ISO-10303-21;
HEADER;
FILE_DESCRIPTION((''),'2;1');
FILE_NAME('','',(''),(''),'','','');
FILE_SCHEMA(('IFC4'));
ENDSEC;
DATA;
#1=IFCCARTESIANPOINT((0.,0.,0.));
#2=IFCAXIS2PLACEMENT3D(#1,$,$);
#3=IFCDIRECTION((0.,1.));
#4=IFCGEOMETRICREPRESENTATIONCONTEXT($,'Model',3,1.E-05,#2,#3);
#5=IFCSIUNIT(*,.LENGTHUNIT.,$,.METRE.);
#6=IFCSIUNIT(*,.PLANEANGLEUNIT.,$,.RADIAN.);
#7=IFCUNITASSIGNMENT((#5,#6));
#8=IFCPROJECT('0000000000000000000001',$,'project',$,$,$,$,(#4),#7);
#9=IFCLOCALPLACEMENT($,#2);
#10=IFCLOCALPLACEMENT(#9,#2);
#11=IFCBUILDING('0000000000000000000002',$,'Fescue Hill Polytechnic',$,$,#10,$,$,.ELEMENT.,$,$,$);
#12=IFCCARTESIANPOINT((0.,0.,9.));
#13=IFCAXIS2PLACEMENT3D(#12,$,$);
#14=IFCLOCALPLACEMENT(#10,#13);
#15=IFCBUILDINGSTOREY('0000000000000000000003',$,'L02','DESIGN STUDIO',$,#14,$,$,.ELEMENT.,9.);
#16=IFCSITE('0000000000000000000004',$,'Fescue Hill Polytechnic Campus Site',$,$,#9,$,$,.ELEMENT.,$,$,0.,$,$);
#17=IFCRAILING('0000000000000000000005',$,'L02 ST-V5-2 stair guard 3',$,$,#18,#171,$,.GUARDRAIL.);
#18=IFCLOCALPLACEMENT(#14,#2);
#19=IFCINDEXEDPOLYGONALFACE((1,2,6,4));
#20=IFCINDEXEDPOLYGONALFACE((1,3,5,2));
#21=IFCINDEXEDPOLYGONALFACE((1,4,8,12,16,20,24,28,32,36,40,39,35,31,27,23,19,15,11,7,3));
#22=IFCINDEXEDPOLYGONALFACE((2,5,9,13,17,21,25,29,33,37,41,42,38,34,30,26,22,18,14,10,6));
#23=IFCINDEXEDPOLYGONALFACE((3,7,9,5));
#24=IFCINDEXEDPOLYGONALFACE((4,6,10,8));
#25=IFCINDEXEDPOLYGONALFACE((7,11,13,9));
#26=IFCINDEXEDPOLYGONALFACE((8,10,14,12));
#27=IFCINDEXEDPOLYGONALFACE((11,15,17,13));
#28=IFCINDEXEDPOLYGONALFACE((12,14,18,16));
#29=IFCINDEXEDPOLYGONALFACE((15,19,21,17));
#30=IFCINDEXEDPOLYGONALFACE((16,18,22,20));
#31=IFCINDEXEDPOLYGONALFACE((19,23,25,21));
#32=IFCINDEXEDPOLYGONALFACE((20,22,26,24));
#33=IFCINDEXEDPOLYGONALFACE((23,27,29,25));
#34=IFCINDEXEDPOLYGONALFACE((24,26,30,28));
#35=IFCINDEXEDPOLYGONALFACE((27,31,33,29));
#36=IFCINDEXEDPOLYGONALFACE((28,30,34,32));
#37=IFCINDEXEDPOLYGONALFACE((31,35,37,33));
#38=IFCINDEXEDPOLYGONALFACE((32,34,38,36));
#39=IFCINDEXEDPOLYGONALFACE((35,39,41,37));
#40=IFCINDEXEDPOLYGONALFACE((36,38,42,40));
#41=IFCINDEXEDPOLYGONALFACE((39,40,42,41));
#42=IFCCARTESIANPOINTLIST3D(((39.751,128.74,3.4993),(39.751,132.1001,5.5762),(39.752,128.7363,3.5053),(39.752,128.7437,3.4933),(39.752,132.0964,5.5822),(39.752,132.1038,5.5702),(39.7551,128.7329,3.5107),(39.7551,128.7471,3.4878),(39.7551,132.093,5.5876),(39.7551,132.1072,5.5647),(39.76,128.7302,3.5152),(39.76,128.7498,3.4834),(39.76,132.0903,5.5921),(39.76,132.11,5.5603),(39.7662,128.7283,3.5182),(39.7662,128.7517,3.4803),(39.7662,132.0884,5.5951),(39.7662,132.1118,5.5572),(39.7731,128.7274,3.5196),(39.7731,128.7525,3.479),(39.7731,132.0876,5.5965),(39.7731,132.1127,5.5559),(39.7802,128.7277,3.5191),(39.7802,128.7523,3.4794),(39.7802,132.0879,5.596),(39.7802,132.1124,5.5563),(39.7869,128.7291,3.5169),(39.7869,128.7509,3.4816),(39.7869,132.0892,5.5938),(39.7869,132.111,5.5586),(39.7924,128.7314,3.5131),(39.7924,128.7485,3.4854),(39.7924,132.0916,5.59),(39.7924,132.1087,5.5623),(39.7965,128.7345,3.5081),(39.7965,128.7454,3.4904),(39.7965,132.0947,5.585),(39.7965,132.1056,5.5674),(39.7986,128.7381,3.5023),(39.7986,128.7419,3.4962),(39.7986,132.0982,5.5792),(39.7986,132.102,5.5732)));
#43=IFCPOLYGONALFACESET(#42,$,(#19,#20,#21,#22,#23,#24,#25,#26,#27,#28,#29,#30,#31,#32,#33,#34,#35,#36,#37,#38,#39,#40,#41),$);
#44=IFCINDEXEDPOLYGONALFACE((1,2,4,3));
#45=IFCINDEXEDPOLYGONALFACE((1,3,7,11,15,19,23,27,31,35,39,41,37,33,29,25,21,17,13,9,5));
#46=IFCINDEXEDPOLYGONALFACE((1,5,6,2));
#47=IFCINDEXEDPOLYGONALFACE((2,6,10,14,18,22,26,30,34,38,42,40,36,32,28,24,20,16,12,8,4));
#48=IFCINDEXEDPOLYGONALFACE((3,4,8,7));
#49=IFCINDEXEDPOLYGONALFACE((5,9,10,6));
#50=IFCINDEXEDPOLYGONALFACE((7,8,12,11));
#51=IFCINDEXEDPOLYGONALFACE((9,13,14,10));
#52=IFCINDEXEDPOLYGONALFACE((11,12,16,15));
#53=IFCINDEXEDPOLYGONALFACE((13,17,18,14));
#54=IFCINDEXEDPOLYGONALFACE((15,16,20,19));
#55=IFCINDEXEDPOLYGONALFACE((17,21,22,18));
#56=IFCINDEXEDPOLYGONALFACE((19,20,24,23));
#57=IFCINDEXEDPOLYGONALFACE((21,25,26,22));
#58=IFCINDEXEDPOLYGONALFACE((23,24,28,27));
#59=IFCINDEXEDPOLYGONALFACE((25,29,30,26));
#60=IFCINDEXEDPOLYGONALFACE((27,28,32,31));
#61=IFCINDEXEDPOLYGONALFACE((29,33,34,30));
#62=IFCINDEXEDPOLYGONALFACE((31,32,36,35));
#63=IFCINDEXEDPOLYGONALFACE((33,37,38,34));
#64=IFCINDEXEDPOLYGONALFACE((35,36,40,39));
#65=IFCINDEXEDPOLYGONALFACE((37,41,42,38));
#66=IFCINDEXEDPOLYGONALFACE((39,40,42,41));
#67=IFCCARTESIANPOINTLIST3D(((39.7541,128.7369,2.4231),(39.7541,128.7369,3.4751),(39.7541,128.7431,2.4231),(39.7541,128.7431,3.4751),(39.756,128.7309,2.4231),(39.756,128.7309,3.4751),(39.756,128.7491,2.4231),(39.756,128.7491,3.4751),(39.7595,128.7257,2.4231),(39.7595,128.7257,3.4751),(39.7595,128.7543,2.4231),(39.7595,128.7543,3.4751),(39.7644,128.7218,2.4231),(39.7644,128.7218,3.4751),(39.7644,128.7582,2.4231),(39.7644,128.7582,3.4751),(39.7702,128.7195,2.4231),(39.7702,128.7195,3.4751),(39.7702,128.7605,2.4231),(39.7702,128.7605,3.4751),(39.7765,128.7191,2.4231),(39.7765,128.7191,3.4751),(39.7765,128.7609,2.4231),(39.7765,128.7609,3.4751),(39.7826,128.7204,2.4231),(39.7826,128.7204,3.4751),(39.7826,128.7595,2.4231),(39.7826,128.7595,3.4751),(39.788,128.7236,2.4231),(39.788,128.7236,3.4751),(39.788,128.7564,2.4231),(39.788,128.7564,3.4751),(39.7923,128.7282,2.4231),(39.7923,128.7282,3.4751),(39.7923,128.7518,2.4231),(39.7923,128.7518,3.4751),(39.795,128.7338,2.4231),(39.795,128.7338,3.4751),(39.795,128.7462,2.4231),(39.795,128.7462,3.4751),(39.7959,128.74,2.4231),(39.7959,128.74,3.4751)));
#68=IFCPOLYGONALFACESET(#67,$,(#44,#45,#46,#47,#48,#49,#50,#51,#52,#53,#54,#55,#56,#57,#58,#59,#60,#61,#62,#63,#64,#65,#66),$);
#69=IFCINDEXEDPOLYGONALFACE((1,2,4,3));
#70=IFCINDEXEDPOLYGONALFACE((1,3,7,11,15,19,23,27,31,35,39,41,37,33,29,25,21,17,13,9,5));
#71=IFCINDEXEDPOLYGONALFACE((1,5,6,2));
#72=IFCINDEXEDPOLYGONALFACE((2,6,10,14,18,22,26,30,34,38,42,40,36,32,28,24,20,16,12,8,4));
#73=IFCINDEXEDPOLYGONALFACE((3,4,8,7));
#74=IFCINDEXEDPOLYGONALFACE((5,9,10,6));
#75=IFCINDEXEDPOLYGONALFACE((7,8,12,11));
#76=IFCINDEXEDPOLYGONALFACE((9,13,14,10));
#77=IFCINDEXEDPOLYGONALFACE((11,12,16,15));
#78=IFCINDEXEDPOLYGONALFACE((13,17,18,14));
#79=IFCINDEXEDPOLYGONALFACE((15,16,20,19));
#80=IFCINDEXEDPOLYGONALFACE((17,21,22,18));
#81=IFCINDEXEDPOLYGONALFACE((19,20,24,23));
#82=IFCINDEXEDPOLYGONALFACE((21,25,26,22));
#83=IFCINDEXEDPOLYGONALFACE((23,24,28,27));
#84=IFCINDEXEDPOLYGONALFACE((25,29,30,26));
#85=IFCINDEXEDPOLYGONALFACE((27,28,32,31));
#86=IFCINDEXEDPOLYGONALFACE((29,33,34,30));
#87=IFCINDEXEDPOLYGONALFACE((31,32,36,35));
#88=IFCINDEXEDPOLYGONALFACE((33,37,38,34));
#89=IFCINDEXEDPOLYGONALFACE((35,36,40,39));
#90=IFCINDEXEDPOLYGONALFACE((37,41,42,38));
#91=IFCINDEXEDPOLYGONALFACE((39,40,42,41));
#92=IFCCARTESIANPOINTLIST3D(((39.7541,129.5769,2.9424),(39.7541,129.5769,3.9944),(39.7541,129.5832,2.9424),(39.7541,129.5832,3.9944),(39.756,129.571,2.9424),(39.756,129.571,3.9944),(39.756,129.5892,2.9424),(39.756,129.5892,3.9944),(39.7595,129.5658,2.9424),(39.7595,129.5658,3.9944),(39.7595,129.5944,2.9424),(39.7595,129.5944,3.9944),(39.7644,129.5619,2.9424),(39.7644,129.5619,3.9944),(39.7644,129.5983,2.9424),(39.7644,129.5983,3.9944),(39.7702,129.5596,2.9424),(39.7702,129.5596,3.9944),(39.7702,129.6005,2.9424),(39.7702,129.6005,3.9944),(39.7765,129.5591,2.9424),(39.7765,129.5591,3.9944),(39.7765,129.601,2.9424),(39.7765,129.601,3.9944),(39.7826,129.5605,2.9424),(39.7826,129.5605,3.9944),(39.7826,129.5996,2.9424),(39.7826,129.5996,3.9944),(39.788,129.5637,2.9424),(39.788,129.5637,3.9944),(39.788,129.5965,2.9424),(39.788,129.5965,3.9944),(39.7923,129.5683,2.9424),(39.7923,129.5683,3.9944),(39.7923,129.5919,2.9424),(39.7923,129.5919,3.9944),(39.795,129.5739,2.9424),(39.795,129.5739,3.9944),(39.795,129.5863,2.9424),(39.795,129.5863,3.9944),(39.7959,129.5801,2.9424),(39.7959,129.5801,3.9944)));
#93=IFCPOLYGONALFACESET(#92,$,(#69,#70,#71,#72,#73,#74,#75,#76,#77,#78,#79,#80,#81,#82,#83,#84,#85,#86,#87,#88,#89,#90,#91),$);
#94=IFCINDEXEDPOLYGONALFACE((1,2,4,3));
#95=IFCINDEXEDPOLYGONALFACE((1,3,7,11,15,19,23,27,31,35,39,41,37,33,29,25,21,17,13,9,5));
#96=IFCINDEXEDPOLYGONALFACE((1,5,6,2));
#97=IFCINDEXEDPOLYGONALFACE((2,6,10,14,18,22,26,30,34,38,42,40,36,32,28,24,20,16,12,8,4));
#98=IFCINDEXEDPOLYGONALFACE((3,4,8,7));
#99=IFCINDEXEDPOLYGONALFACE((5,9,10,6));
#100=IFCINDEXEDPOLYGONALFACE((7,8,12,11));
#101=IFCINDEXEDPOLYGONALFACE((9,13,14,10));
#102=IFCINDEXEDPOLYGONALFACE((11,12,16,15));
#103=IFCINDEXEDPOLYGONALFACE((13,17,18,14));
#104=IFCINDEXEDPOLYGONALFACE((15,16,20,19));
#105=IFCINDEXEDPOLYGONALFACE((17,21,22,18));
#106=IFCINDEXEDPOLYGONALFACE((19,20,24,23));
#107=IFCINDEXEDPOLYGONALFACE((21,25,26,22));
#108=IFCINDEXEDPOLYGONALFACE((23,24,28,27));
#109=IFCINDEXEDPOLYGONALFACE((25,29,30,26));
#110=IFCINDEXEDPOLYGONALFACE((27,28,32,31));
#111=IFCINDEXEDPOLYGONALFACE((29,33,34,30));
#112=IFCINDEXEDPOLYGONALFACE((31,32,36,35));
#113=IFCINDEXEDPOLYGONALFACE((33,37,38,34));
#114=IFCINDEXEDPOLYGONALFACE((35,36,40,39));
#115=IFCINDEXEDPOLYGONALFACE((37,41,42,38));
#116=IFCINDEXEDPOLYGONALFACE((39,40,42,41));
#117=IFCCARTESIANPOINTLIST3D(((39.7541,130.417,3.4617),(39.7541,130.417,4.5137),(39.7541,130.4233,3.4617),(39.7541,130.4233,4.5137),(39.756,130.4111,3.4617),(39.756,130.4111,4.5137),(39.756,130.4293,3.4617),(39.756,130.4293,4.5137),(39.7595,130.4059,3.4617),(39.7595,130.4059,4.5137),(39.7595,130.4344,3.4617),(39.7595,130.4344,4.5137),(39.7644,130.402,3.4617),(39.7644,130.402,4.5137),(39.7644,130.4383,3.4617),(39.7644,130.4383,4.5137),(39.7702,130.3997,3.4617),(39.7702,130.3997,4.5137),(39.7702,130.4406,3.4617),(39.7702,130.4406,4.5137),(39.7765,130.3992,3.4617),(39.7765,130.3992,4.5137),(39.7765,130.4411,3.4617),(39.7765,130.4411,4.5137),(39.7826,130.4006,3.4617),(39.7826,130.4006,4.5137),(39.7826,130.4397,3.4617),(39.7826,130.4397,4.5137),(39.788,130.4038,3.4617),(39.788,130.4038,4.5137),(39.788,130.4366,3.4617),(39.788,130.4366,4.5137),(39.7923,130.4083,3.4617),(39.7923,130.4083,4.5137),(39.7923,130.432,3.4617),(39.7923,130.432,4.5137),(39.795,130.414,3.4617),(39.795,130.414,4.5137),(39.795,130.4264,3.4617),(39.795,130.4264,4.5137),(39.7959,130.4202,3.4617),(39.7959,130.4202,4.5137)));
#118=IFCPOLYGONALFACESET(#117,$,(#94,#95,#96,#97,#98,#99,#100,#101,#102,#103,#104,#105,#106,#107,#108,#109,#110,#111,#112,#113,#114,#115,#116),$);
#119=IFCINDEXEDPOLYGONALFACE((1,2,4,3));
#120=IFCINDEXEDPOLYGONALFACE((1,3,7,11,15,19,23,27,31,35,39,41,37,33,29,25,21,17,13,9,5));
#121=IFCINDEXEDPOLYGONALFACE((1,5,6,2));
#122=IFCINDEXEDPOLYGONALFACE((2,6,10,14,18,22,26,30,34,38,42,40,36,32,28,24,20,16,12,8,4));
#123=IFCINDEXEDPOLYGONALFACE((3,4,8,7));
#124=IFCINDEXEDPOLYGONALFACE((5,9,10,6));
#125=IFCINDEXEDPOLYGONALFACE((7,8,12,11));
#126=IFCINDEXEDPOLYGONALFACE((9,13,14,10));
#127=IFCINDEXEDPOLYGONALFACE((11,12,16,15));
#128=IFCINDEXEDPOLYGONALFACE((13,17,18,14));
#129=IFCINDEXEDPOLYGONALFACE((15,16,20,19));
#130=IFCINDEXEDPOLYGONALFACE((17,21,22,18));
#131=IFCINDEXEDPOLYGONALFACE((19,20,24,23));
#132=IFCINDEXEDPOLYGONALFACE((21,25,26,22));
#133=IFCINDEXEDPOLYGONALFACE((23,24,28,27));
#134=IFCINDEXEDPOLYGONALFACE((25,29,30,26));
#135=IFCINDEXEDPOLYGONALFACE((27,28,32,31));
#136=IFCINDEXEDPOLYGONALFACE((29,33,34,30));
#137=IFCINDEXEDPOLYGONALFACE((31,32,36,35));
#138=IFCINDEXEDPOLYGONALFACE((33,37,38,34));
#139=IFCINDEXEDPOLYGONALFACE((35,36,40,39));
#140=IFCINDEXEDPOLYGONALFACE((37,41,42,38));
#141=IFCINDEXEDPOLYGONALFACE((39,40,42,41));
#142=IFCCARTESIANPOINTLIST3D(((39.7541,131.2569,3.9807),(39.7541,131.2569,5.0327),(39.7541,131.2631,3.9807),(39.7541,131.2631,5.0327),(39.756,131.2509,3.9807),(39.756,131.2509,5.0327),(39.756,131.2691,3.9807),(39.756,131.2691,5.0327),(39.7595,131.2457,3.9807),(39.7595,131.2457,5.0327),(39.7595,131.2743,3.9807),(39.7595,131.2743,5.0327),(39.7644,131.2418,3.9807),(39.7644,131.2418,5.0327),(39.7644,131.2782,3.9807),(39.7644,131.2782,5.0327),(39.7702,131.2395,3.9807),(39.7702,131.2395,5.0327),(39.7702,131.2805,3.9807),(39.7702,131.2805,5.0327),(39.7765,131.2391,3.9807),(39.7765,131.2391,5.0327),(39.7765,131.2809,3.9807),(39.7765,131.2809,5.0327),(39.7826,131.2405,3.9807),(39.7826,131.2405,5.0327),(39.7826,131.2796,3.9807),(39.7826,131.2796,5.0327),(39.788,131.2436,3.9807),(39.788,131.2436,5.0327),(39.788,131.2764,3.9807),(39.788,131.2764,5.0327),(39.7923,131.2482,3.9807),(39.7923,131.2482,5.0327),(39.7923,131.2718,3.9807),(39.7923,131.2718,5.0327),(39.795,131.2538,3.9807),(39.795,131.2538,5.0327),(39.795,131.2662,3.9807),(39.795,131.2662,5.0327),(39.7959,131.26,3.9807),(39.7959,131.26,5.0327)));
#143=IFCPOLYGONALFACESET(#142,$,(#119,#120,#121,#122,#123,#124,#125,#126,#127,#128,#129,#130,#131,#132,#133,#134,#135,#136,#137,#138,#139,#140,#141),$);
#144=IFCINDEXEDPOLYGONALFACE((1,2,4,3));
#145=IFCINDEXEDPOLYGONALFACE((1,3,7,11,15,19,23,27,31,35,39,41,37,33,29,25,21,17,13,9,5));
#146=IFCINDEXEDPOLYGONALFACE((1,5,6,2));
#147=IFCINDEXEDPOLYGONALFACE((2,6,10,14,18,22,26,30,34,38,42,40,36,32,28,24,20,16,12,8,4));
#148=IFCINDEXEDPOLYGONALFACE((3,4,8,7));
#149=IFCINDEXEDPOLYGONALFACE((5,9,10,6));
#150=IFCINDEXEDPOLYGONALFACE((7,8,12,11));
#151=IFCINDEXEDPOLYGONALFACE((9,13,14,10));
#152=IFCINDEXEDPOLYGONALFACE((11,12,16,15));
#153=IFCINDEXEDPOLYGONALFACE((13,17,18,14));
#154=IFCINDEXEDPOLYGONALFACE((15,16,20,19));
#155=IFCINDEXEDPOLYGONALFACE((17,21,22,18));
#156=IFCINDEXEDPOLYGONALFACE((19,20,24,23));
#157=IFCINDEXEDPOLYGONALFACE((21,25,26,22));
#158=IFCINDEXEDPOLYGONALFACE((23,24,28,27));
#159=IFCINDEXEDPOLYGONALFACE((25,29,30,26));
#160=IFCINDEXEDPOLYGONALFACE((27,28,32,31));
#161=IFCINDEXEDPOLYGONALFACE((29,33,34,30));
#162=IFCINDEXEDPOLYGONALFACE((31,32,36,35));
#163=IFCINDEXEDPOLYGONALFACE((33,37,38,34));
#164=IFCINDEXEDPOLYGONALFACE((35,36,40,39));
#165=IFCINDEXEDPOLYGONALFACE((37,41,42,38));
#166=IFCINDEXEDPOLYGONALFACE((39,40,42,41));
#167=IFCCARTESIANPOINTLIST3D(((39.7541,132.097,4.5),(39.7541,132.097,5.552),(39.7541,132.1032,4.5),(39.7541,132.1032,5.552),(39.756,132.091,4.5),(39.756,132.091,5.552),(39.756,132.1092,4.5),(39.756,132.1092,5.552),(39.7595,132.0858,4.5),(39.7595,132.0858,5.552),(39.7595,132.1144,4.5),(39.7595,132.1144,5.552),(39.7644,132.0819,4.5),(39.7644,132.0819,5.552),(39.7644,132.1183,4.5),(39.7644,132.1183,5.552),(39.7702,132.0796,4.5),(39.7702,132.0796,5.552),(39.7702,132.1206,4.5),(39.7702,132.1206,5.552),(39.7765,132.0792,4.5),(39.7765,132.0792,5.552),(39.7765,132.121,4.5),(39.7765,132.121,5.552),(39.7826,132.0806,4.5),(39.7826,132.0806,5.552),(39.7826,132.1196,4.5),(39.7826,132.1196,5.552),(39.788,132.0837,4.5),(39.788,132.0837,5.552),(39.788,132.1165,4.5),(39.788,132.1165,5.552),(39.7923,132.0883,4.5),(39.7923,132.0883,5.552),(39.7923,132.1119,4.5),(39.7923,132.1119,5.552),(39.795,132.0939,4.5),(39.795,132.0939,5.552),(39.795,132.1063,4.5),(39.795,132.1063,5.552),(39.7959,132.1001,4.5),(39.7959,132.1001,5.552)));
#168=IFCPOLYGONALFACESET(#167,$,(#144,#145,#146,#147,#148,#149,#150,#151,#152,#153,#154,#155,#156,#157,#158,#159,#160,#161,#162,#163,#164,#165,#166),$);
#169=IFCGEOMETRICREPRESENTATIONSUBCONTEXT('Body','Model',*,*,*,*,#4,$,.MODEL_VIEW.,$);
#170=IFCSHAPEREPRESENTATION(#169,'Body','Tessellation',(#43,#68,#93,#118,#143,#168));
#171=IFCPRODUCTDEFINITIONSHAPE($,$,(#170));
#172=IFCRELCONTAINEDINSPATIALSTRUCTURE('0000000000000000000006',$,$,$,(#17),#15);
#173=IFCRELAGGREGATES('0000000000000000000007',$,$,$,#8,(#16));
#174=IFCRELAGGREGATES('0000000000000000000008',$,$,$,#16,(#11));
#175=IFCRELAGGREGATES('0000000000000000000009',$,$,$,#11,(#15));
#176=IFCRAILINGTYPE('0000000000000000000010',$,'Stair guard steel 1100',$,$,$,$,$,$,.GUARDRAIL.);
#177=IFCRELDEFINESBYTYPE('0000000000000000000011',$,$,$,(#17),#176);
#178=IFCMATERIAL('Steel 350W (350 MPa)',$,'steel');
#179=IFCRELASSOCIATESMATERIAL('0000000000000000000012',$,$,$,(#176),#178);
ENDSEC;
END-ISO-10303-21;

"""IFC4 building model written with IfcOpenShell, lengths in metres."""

from ifc_helpers import new_model, si_unit, direction, frame, origin, origin_2d, place, context, subcontext, project, spatial, circle, extrude, material, type_object, element, save


model = new_model("IFC4")

# Units and contexts
model_context = context("Model", 3, precision=1e-05, world=origin(), true_north=direction((0.0, 1.0)))
body_context = subcontext(model_context, "Body", "Model", "MODEL_VIEW")
ifc_project = project(units=[si_unit("LENGTHUNIT", "METRE"), si_unit("PLANEANGLEUNIT", "RADIAN")], contexts=[model_context])

# Site, building, storey
site_placement = place(None, origin())
site = spatial("IfcSite", under=ifc_project, at=site_placement, Name="Fescue Hill Polytechnic Campus Site", CompositionType="ELEMENT", RefElevation=0.0)
building_placement = place(site_placement, origin())
building = spatial("IfcBuilding", under=site, at=building_placement, Name="Fescue Hill Polytechnic", CompositionType="ELEMENT")
storey_placement = place(building_placement, frame((0.0, 0.0, 9.0)))
storey = spatial("IfcBuildingStorey", under=building, at=storey_placement, Name="L02", Description="DESIGN STUDIO", CompositionType="ELEMENT", Elevation=9.0)

# Railing
ifc_material_1 = material(Name="Steel 350W (350 MPa)", Category="steel")
railing_type_1 = type_object("IfcRailingType", Name="Stair guard steel 1100", PredefinedType="GUARDRAIL", material=ifc_material_1)
railing_1_placement = place(storey_placement, frame((39.7749, 128.74, 2.4231)))
element("IfcRailing", 1, at=railing_1_placement, inside=storey, type_object=railing_type_1, Name="L02 ST-V5-2 stair guard 3", PredefinedType="GUARDRAIL", context=body_context, shape_type="SweptSolid", body=[
    extrude(circle(Radius=0.0239, at=origin_2d()), frame((0.0, 0.0, 1.0762), z_axis=(0.0, 0.850623, 0.525776), x_axis=(-1.0, 0.0, 0.0)), (0.0, 0.0, 1.0), 3.9502),
    extrude(circle(Radius=0.021, at=origin_2d()), origin(), (0.0, 0.0, 1.0), 1.052),
    extrude(circle(Radius=0.021, at=origin_2d()), frame((0.0, 0.8401, 0.5193)), (0.0, 0.0, 1.0), 1.052),
    extrude(circle(Radius=0.021, at=origin_2d()), frame((0.0, 1.6802, 1.0386)), (0.0, 0.0, 1.0), 1.052),
    extrude(circle(Radius=0.021, at=origin_2d()), frame((0.0, 2.52, 1.5576)), (0.0, 0.0, 1.0), 1.052),
    extrude(circle(Radius=0.021, at=origin_2d()), frame((0.0, 3.3601, 2.0769)), (0.0, 0.0, 1.0), 1.052),
])

save(model, "model.ifc")
